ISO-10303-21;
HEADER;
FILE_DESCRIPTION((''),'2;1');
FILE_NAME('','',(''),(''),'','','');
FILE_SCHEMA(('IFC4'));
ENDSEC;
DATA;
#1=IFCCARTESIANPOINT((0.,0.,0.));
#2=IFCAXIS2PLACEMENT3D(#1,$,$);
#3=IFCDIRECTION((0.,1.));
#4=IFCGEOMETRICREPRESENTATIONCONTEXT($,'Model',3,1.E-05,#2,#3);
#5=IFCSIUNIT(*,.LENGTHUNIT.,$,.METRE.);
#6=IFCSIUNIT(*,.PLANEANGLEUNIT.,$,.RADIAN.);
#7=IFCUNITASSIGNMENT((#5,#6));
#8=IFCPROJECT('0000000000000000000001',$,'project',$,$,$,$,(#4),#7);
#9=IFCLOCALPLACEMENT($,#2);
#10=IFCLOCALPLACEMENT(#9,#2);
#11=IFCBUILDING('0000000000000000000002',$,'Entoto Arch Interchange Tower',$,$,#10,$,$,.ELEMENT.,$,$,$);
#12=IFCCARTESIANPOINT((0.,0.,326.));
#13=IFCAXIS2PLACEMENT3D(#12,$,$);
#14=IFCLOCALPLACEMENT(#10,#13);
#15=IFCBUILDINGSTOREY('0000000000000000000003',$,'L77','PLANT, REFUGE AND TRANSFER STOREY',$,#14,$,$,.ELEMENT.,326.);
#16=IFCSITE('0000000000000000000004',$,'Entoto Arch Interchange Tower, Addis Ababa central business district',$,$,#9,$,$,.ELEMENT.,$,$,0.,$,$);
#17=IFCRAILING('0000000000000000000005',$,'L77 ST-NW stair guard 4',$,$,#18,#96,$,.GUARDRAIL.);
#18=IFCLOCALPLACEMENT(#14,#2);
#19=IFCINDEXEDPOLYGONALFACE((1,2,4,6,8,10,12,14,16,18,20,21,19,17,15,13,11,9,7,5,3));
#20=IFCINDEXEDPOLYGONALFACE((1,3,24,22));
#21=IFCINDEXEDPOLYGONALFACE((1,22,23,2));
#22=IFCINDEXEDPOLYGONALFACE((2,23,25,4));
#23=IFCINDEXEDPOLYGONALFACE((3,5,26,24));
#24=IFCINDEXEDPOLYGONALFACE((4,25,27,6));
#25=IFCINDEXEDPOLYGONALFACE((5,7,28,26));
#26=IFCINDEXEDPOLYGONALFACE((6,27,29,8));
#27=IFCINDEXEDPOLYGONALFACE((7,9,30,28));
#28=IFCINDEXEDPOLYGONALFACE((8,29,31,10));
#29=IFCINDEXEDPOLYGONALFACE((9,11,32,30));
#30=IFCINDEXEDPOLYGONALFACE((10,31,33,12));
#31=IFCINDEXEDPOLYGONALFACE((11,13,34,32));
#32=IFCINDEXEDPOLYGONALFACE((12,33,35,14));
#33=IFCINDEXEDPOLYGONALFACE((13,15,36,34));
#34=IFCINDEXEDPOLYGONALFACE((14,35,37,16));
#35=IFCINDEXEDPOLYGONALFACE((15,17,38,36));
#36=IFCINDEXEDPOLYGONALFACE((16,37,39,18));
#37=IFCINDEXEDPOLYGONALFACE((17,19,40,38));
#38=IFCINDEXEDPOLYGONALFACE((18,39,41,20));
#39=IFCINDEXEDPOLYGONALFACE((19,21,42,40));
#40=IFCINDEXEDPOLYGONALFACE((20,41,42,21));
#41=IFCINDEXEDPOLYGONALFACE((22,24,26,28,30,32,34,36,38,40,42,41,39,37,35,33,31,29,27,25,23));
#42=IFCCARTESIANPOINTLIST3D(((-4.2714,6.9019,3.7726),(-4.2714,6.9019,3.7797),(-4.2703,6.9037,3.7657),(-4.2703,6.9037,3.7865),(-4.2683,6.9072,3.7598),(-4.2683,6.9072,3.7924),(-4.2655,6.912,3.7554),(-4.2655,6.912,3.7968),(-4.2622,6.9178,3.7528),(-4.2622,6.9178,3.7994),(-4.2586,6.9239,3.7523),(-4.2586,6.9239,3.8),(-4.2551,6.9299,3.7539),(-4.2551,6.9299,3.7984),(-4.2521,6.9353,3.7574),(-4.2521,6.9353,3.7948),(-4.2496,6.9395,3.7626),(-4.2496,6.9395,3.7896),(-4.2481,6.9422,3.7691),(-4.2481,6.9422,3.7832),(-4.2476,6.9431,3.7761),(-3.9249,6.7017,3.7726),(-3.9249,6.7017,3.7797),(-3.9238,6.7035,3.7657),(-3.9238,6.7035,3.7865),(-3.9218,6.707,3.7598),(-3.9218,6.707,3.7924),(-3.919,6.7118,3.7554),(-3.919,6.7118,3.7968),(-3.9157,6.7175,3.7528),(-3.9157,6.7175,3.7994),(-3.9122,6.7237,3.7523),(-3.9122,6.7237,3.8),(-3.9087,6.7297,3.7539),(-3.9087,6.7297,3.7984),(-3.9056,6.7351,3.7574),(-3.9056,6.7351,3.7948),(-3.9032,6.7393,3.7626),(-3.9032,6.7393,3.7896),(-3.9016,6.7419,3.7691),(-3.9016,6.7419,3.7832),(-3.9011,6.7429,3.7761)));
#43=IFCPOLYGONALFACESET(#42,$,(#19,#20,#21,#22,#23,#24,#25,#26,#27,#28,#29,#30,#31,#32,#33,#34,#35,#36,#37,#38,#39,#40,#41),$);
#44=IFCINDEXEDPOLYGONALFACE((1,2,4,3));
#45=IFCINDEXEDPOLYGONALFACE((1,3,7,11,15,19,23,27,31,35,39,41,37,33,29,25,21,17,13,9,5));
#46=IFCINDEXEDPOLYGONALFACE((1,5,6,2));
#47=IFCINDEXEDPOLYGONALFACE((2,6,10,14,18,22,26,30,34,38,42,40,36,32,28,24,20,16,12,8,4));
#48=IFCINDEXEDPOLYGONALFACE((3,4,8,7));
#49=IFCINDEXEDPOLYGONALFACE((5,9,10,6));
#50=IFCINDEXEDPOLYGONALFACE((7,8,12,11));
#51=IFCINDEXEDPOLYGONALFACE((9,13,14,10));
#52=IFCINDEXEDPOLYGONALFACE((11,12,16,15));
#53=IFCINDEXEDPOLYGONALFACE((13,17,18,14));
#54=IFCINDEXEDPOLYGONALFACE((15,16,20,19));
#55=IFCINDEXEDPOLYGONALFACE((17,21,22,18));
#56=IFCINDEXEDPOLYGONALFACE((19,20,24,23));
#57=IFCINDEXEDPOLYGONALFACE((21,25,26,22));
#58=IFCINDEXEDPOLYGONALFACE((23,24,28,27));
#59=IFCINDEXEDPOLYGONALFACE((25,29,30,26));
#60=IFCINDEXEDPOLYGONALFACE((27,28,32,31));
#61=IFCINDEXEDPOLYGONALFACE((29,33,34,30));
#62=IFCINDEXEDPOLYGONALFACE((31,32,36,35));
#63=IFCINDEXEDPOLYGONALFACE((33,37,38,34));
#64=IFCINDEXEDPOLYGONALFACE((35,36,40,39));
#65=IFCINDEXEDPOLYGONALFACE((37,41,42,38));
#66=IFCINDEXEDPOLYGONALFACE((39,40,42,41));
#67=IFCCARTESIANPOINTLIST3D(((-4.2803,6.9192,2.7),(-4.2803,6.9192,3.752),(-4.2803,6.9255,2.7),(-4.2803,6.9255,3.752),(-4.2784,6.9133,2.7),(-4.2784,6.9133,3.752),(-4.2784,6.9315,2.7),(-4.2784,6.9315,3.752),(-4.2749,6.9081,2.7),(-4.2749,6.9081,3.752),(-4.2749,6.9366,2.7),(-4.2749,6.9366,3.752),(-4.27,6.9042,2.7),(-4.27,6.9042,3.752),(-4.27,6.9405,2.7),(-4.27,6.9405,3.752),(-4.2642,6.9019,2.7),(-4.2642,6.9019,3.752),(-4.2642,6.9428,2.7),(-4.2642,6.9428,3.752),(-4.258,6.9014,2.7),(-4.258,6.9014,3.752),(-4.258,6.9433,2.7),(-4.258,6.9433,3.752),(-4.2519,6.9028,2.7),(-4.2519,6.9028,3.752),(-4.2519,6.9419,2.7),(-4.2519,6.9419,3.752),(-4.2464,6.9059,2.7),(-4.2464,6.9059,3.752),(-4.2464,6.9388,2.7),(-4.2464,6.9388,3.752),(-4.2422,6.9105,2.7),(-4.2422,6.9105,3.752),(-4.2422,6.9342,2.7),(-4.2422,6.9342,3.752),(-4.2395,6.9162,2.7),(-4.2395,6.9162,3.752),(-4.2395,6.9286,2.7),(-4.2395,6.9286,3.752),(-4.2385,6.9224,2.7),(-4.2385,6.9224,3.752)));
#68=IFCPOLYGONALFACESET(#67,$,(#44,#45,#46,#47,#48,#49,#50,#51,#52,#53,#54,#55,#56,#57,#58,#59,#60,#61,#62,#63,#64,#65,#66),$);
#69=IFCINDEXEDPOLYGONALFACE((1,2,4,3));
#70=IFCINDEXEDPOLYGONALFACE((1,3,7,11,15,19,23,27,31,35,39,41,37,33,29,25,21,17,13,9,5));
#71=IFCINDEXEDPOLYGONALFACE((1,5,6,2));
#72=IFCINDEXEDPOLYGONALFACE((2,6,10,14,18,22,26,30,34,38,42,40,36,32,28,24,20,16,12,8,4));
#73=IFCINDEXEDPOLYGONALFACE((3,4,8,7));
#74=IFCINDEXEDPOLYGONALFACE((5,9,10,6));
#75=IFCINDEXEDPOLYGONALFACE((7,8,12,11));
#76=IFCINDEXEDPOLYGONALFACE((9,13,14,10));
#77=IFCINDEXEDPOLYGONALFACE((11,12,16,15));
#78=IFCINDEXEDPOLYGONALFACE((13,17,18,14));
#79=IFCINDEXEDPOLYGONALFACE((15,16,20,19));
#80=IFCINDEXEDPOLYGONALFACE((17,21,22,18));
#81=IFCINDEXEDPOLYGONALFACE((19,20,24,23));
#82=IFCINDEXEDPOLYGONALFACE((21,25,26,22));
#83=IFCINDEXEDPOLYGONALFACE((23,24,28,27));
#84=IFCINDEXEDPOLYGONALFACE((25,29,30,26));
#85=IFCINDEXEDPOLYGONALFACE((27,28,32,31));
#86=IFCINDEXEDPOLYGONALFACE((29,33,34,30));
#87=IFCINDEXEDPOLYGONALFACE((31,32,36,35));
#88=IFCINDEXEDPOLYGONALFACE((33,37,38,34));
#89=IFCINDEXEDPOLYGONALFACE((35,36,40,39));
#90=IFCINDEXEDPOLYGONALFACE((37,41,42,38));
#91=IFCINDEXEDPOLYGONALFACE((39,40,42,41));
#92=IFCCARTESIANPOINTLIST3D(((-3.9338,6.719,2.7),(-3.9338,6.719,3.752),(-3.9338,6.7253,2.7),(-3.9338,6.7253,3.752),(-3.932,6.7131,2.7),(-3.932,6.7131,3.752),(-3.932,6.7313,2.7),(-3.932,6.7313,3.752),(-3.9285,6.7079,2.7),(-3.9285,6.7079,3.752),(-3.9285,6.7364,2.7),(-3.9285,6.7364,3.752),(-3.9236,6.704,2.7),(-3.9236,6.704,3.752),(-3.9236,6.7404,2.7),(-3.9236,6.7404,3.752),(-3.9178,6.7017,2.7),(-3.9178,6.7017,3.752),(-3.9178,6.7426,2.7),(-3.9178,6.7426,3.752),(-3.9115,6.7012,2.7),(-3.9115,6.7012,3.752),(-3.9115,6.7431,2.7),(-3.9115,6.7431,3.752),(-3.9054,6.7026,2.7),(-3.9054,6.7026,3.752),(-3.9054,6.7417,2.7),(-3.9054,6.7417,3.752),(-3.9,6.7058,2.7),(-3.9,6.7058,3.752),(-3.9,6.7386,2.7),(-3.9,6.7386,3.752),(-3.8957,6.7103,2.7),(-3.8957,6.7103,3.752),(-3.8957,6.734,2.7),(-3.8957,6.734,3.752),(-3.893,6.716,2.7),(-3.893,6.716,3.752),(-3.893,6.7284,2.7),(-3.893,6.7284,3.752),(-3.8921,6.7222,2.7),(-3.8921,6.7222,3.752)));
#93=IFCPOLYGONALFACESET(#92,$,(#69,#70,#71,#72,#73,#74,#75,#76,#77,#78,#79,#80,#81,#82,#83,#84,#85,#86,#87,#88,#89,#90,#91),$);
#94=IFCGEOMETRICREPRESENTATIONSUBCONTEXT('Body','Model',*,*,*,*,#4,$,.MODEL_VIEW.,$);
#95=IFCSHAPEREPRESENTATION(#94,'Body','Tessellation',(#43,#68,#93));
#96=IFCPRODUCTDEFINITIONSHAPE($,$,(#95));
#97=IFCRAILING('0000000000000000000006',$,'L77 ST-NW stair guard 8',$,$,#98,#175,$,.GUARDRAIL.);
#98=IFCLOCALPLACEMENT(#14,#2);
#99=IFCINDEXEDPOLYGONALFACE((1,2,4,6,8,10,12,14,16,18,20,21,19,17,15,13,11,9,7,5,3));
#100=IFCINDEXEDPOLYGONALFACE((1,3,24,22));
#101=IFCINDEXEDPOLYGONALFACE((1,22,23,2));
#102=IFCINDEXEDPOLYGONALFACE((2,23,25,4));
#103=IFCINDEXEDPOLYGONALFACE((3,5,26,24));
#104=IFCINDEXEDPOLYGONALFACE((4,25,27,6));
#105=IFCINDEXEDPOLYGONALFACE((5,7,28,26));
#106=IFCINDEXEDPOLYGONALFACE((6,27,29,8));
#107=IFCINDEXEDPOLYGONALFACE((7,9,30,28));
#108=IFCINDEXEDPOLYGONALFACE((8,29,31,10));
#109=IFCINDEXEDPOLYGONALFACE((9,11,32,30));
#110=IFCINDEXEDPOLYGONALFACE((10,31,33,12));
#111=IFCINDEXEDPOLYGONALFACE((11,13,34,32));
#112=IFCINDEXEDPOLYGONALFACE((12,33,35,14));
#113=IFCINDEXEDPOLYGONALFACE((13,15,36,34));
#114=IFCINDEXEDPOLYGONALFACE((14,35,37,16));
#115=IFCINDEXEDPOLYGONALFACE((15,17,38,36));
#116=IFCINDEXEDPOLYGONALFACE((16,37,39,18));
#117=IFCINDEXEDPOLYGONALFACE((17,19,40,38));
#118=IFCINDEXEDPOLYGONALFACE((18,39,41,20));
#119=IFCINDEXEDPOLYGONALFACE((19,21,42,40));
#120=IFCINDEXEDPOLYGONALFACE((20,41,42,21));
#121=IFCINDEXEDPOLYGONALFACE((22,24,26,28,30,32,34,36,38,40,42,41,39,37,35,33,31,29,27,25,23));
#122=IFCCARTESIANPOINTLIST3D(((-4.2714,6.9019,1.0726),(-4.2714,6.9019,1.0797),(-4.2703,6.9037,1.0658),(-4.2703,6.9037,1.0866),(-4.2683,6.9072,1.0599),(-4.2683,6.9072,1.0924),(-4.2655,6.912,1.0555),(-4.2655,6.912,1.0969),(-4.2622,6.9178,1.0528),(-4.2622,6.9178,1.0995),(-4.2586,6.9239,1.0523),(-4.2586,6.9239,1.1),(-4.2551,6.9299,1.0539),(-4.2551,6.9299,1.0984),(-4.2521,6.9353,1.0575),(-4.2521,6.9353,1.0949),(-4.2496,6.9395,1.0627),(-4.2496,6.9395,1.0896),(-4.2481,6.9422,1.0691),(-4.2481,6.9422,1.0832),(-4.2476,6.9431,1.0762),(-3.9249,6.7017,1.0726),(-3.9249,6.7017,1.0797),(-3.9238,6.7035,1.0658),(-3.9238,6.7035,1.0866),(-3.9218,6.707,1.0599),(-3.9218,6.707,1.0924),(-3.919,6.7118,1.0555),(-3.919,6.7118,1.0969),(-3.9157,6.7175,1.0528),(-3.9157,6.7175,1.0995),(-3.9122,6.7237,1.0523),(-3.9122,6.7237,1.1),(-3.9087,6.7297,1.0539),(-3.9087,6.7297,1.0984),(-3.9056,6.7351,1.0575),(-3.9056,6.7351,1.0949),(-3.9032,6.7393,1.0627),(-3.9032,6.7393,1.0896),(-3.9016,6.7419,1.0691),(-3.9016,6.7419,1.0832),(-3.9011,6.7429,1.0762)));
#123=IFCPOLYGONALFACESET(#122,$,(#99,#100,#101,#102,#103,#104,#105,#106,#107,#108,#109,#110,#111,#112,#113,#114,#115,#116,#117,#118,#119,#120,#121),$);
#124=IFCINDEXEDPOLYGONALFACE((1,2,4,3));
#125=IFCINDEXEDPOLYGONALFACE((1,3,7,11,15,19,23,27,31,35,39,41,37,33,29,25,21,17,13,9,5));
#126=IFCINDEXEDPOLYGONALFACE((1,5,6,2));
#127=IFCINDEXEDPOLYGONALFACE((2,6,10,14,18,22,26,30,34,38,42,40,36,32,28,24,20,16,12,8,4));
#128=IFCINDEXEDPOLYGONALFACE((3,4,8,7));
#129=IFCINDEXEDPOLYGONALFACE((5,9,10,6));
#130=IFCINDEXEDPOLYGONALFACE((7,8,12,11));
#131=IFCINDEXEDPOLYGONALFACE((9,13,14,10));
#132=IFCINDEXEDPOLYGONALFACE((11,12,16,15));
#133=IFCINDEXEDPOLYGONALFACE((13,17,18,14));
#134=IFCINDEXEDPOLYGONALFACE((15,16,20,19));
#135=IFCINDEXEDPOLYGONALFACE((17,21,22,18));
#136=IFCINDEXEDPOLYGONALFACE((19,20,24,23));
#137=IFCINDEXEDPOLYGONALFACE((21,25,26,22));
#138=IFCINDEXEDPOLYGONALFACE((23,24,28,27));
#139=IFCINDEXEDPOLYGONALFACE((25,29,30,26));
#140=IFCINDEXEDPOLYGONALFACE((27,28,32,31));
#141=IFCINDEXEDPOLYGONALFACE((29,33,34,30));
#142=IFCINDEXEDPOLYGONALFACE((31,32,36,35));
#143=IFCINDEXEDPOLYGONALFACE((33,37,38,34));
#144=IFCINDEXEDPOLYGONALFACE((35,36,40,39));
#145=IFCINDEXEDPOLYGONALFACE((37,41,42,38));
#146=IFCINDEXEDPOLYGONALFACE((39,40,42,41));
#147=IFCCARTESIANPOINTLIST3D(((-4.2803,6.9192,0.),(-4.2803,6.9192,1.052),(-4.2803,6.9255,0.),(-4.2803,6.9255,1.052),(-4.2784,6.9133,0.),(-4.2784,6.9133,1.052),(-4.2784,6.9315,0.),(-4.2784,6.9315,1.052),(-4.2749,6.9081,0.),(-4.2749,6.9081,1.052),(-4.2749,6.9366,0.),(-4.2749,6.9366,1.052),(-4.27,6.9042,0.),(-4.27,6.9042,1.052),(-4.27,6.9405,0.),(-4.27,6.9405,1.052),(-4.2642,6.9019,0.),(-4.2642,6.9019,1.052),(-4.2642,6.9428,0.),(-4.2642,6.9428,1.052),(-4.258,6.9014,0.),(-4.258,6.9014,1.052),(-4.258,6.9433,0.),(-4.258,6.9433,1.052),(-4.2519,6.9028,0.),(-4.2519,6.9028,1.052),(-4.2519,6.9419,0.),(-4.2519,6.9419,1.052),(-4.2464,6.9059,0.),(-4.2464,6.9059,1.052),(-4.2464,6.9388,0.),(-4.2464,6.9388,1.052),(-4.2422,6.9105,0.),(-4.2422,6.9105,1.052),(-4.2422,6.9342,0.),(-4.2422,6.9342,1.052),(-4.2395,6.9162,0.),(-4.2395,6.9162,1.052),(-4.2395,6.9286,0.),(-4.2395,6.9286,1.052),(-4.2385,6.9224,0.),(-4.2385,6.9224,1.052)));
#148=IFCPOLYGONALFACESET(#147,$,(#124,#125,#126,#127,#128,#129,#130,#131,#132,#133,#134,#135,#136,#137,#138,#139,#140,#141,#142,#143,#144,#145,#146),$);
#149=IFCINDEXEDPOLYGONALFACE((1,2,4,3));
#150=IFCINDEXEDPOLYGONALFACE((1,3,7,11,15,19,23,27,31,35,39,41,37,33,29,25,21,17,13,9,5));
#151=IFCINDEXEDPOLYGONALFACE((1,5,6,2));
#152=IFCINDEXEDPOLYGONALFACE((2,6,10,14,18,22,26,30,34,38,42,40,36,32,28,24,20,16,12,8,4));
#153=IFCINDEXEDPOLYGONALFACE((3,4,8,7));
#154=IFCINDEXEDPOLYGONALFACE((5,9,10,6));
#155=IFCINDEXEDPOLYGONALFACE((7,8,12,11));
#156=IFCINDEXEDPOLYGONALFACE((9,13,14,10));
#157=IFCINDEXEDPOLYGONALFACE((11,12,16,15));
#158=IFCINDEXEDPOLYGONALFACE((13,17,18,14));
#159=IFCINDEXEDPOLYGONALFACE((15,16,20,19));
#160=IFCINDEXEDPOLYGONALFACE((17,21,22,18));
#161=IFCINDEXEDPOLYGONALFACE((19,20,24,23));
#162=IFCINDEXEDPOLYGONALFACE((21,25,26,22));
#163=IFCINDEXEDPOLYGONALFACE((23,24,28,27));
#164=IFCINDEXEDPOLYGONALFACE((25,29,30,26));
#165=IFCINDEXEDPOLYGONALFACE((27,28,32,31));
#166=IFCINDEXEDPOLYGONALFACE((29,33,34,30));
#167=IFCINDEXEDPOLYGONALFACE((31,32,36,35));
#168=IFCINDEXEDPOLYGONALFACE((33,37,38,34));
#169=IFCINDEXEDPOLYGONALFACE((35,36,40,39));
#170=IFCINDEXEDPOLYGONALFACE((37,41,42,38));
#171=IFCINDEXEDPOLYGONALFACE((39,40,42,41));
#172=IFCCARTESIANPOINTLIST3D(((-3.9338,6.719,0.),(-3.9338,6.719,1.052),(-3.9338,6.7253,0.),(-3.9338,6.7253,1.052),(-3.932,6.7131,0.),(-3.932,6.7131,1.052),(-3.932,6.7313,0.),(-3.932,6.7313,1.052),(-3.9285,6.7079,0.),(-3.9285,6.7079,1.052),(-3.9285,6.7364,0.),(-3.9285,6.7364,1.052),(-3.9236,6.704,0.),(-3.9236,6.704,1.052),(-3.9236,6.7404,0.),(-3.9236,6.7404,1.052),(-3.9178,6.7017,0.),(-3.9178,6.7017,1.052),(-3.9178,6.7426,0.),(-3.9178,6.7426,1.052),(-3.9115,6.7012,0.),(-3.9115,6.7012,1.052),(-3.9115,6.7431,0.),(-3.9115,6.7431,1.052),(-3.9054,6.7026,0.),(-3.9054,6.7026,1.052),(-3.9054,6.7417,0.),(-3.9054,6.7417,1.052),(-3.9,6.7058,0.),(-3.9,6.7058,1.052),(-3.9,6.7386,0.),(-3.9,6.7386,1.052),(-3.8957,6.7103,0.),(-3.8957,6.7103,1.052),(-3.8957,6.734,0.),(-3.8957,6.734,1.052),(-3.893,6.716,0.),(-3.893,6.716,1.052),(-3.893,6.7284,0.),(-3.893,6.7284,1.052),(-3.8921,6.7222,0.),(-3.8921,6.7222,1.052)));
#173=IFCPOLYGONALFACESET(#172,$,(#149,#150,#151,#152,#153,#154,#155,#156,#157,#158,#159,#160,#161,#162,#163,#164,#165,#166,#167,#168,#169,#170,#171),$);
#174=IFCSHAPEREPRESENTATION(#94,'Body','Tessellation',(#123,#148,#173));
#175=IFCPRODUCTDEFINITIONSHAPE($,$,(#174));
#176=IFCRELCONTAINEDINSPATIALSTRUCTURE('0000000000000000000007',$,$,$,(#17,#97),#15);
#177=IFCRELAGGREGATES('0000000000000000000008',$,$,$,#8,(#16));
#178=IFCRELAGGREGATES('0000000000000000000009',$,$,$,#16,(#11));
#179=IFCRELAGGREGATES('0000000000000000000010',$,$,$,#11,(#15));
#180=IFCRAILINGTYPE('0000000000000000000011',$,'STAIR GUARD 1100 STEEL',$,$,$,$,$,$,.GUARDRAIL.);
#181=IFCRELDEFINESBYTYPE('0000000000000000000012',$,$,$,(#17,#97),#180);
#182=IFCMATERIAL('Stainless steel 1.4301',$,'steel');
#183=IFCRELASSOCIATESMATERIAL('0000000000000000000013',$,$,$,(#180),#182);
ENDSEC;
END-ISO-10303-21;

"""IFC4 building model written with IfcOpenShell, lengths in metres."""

from ifc_helpers import new_model, si_unit, direction, frame, origin, origin_2d, place, context, subcontext, project, spatial, circle, extrude, material, type_object, element, save


model = new_model("IFC4")

# Units and contexts
model_context = context("Model", 3, precision=1e-05, world=origin(), true_north=direction((0.0, 1.0)))
body_context = subcontext(model_context, "Body", "Model", "MODEL_VIEW")
ifc_project = project(units=[si_unit("LENGTHUNIT", "METRE"), si_unit("PLANEANGLEUNIT", "RADIAN")], contexts=[model_context])

# Site, building, storey
site_placement = place(None, origin())
site = spatial("IfcSite", under=ifc_project, at=site_placement, Name="Entoto Arch Interchange Tower, Addis Ababa central business district", CompositionType="ELEMENT", RefElevation=0.0)
building_placement = place(site_placement, origin())
building = spatial("IfcBuilding", under=site, at=building_placement, Name="Entoto Arch Interchange Tower", CompositionType="ELEMENT")
storey_placement = place(building_placement, frame((0.0, 0.0, 326.0)))
storey = spatial("IfcBuildingStorey", under=building, at=storey_placement, Name="L77", Description="PLANT, REFUGE AND TRANSFER STOREY", CompositionType="ELEMENT", Elevation=326.0)

# Railings
ifc_material_1 = material(Name="Stainless steel 1.4301", Category="steel")
railing_type_1 = type_object("IfcRailingType", Name="STAIR GUARD 1100 STEEL", PredefinedType="GUARDRAIL", material=ifc_material_1)
for number, where, name in (
    (1, (-4.2595, 6.9224, 2.7), "L77 ST-NW stair guard 4"),
    (2, (-4.2595, 6.9224, 0.0), "L77 ST-NW stair guard 8"),
):
    element("IfcRailing", number, at=place(storey_placement, frame(where)), inside=storey, type_object=railing_type_1, Name=name, PredefinedType="GUARDRAIL", context=body_context, shape_type="SweptSolid", body=[
        extrude(circle(Radius=0.0239, at=origin_2d()), frame((0.0, 0.0, 1.0762), z_axis=(0.86583, -0.500339, 0.0), x_axis=(0.500339, 0.86583, 0.0)), (0.0, 0.0, 1.0), 0.4001),
        extrude(circle(Radius=0.021, at=origin_2d()), origin(), (0.0, 0.0, 1.0), 1.052),
        extrude(circle(Radius=0.021, at=origin_2d()), frame((0.3464, -0.2002, 0.0)), (0.0, 0.0, 1.0), 1.052),
    ])

save(model, "model.ifc")
